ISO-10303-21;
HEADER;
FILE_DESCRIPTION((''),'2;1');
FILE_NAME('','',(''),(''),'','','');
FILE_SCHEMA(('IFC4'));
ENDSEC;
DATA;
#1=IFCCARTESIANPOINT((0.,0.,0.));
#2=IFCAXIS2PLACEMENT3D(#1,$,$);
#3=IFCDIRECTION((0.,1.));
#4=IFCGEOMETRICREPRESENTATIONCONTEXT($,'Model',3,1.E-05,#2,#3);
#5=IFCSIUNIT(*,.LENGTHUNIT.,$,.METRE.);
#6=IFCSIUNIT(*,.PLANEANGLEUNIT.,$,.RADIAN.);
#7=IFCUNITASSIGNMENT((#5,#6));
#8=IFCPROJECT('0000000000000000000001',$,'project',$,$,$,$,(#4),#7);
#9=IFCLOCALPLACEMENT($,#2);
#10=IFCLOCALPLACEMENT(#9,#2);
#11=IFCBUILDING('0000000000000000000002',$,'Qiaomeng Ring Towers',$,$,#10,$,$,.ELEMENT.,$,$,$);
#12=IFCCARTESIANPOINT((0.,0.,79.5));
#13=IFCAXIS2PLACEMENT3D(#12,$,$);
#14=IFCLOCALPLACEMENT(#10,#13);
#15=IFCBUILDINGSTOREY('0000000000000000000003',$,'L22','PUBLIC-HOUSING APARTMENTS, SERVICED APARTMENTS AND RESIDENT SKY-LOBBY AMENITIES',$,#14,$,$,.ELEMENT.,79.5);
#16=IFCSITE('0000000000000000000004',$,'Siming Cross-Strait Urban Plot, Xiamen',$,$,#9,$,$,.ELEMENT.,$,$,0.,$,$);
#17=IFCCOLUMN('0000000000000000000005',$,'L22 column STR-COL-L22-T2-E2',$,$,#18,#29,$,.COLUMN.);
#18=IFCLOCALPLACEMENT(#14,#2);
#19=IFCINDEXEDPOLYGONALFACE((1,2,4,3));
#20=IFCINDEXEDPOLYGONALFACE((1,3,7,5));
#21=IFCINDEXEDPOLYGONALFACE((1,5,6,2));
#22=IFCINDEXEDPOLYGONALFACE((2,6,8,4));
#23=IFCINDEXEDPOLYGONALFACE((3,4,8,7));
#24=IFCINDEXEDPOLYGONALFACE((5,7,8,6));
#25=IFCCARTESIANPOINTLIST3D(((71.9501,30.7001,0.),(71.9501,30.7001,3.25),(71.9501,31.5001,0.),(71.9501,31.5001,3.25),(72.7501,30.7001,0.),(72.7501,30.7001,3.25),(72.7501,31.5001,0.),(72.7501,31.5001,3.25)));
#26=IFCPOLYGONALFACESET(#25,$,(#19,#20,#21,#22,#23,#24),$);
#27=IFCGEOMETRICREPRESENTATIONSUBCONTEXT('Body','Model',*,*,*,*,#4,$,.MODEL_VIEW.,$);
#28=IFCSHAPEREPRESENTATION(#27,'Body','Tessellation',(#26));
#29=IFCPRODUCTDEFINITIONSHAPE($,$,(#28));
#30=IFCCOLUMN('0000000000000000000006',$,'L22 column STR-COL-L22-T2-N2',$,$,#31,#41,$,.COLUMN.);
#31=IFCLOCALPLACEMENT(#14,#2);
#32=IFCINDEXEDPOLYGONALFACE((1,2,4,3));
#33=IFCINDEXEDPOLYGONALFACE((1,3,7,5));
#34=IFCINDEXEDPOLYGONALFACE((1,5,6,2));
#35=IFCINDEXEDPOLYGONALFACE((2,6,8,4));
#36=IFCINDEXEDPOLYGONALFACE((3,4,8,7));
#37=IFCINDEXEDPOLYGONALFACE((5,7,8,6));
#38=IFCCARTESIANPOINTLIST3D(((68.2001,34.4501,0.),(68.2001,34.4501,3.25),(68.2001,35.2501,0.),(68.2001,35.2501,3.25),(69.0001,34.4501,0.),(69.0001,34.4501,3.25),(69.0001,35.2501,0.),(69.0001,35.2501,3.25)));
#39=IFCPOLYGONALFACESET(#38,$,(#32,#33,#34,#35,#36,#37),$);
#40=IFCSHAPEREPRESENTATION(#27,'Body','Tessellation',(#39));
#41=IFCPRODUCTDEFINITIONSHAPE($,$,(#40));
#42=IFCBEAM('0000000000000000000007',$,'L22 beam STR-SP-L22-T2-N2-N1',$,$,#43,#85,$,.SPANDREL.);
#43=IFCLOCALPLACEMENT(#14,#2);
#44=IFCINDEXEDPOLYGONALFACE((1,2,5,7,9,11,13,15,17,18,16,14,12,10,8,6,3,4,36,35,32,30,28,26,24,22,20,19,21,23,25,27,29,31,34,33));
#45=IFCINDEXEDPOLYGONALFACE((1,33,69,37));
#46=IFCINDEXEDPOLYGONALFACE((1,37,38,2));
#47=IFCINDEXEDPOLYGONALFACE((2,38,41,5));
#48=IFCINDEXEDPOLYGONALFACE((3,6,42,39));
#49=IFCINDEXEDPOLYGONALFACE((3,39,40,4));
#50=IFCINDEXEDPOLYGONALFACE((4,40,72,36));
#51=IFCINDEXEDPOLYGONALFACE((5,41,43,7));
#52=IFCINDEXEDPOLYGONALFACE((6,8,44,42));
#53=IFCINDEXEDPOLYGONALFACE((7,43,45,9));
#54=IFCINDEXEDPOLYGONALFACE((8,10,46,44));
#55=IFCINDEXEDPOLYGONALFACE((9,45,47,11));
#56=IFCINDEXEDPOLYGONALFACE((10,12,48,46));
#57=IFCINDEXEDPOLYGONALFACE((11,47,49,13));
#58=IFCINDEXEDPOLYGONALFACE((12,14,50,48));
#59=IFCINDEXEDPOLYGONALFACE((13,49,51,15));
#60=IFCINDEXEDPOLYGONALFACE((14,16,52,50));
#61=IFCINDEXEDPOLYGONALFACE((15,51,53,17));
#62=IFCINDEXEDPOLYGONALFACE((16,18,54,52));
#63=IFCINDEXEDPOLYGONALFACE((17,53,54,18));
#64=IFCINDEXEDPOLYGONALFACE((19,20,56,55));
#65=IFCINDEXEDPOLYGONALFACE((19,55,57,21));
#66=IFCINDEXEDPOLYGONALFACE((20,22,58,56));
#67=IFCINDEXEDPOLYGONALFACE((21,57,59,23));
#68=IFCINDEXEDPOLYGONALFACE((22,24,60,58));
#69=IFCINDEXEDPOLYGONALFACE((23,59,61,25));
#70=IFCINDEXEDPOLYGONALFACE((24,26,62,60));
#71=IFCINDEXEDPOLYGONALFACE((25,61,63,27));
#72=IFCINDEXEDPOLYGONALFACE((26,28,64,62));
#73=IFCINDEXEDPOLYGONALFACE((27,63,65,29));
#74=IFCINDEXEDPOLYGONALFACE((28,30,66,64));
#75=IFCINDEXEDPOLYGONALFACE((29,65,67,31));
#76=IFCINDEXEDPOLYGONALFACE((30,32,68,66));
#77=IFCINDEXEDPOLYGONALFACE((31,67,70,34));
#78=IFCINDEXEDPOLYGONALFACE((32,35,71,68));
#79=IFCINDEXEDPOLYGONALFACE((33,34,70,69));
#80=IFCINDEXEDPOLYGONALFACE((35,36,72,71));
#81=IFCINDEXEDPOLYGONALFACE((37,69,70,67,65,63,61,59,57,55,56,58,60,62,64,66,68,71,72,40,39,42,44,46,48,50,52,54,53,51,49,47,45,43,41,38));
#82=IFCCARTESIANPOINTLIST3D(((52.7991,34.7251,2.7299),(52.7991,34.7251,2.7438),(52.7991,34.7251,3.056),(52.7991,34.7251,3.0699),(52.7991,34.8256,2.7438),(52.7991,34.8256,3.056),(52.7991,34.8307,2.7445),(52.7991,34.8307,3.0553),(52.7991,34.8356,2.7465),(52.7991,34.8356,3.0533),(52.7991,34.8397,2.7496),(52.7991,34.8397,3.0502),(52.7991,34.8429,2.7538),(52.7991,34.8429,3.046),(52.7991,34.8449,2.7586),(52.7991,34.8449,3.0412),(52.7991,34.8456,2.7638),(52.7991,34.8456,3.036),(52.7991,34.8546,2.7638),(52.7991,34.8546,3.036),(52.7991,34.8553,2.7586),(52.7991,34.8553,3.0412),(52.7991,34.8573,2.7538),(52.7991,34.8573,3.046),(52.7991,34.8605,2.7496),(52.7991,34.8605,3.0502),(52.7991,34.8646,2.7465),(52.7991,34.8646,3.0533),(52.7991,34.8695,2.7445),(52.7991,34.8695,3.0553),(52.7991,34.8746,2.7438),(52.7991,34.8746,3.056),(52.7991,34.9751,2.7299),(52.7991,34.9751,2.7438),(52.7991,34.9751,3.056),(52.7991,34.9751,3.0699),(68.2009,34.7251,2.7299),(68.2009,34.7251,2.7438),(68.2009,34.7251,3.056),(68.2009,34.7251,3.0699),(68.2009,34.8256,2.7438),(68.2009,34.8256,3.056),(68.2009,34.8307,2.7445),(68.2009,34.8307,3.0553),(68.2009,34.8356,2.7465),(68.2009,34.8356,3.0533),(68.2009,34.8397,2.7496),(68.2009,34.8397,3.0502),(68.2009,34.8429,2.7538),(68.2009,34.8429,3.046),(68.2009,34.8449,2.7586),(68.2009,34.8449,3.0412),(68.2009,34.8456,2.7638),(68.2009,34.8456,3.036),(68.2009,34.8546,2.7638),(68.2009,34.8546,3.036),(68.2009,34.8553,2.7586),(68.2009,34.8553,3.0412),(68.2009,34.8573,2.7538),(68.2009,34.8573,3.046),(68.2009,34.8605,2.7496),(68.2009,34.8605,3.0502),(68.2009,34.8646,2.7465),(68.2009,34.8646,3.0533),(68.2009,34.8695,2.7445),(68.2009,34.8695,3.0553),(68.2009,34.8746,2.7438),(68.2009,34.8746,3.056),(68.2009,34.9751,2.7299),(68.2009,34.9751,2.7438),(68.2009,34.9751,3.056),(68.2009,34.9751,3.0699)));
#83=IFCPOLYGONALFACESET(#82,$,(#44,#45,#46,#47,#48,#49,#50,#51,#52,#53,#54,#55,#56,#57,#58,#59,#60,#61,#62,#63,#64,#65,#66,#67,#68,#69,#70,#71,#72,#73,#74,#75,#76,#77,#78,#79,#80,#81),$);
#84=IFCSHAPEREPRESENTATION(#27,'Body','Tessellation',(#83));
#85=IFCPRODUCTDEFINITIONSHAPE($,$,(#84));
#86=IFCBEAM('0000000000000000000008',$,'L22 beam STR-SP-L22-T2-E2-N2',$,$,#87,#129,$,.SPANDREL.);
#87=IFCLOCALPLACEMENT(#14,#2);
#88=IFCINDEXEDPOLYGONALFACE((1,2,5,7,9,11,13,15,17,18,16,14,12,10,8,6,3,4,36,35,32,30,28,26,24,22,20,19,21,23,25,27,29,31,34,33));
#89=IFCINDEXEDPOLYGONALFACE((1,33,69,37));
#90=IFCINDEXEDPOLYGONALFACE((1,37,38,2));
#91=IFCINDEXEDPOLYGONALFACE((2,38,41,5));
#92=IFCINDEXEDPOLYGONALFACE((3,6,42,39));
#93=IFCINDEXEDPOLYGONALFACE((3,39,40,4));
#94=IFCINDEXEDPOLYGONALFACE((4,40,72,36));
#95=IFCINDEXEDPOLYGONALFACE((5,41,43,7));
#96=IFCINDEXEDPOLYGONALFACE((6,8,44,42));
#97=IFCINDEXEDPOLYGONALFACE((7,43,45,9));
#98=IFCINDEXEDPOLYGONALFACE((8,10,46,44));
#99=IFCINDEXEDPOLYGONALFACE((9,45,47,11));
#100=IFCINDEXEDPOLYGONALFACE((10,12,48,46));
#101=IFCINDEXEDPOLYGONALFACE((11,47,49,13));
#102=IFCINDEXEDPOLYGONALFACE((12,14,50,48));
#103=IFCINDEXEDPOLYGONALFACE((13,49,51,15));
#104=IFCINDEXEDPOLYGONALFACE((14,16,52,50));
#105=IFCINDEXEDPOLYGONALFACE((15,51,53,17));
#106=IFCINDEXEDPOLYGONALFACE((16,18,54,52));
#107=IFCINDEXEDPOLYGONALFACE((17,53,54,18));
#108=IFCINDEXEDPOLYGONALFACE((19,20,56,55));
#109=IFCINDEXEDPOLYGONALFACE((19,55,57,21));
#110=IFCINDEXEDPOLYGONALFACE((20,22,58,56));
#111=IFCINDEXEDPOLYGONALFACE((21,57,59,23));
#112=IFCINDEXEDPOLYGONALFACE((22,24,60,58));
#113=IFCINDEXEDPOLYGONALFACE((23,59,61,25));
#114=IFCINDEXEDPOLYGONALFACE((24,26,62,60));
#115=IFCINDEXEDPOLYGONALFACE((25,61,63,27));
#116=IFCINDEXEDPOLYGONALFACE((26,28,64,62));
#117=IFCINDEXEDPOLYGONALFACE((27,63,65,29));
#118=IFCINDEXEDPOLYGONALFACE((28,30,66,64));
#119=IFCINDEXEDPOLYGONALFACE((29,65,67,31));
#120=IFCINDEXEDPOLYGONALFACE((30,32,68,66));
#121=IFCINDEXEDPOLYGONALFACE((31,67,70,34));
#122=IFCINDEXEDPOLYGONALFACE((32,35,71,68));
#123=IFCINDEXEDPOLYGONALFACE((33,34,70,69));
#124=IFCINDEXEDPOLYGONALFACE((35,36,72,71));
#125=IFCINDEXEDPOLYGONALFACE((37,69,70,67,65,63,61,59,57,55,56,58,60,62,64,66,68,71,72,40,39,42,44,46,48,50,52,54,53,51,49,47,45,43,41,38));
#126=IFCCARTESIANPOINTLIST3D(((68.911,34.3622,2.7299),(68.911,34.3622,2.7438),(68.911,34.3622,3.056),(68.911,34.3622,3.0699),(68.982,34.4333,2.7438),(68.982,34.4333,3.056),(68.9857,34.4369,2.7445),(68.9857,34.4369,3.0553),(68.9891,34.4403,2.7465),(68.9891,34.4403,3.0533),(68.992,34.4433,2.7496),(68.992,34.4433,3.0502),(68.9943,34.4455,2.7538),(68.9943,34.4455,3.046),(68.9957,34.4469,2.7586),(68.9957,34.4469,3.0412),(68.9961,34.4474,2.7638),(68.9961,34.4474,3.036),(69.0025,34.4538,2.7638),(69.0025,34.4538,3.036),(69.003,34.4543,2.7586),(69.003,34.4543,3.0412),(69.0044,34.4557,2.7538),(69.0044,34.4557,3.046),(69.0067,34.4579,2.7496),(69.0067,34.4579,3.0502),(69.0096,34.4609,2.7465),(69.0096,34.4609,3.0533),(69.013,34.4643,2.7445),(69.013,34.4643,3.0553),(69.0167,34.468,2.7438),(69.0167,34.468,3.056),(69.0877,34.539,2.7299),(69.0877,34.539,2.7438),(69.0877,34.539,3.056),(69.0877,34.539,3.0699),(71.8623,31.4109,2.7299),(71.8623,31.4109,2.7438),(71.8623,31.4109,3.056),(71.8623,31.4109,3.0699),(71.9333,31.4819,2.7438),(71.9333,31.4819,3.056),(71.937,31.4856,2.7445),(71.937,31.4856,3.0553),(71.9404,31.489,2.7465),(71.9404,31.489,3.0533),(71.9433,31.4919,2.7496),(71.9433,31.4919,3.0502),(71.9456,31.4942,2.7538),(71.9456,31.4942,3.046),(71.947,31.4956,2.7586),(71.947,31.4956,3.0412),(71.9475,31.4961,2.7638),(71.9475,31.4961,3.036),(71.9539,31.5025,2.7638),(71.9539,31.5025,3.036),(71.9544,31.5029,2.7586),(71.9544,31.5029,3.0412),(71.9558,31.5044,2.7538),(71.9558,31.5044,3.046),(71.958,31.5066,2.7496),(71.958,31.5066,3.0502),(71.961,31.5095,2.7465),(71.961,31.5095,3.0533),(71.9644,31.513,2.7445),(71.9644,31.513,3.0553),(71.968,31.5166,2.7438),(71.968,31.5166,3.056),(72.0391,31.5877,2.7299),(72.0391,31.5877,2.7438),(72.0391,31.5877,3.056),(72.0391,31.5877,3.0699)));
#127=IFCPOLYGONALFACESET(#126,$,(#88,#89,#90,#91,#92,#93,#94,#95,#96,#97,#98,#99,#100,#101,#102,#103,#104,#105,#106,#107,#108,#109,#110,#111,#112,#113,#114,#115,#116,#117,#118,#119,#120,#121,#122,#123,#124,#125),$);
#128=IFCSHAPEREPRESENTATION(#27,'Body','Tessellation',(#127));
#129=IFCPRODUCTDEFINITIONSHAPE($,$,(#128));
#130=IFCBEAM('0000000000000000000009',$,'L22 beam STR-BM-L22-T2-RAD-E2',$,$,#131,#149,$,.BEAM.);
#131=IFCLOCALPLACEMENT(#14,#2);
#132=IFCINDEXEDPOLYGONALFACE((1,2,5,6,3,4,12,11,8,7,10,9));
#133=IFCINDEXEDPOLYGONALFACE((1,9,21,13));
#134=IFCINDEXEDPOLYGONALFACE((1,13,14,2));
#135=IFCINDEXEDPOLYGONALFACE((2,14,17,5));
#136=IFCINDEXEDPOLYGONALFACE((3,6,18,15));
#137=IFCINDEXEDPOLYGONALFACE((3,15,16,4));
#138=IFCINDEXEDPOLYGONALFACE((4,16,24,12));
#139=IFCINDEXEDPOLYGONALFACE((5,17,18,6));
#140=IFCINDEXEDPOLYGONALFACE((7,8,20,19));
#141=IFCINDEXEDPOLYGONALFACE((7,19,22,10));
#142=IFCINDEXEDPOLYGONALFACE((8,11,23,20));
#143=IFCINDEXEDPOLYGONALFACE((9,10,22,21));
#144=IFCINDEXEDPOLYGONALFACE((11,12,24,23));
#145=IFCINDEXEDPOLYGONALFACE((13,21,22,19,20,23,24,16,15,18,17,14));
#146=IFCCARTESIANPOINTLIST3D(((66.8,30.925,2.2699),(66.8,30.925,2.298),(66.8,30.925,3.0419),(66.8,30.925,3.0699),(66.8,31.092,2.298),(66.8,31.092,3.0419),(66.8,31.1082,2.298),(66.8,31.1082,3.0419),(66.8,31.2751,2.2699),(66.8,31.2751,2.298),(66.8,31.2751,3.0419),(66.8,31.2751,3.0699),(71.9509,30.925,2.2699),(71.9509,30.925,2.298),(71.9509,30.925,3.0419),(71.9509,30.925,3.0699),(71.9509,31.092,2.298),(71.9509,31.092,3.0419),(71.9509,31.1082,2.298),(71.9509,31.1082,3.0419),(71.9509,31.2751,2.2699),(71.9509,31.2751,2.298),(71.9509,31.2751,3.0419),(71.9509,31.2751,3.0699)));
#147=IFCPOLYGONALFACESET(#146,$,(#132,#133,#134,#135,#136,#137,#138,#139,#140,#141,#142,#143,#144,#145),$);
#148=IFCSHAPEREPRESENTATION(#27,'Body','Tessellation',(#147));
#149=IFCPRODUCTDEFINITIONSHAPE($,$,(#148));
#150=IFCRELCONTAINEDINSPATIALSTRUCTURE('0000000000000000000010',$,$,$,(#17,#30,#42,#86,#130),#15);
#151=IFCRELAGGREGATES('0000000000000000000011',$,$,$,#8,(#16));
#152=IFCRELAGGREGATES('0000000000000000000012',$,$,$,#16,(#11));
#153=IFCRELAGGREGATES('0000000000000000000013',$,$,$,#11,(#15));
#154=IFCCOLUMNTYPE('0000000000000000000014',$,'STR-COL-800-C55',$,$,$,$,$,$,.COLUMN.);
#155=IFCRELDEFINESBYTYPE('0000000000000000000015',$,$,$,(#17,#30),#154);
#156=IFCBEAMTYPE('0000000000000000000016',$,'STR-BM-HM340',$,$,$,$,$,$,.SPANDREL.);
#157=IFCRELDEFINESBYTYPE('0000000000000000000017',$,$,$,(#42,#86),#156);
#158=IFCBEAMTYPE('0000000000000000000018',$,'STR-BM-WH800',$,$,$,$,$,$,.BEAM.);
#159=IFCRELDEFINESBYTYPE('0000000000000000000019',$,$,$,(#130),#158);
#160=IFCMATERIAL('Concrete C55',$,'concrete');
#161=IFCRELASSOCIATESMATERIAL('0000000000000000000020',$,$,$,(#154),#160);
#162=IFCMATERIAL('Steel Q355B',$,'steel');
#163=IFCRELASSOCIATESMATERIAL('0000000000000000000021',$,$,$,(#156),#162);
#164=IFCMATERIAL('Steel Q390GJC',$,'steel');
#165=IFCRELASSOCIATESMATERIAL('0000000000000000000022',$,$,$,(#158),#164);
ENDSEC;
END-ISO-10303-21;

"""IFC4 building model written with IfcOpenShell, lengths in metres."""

from ifc_helpers import new_model, si_unit, direction, frame, origin, origin_2d, place, context, subcontext, project, spatial, rectangle, i_section, extrude, source, transform, mapped, material, material_profile, profile_set, type_object, element, save


model = new_model("IFC4")

# Units and contexts
model_context = context("Model", 3, precision=1e-05, world=origin(), true_north=direction((0.0, 1.0)))
body_context = subcontext(model_context, "Body", "Model", "MODEL_VIEW")
ifc_project = project(units=[si_unit("LENGTHUNIT", "METRE"), si_unit("PLANEANGLEUNIT", "RADIAN")], contexts=[model_context])

# Site, building, storey
site_placement = place(None, origin())
site = spatial("IfcSite", under=ifc_project, at=site_placement, Name="Siming Cross-Strait Urban Plot, Xiamen", CompositionType="ELEMENT", RefElevation=0.0)
building_placement = place(site_placement, origin())
building = spatial("IfcBuilding", under=site, at=building_placement, Name="Qiaomeng Ring Towers", CompositionType="ELEMENT")
storey_placement = place(building_placement, frame((0.0, 0.0, 79.5)))
storey = spatial("IfcBuildingStorey", under=building, at=storey_placement, Name="L22", Description="PUBLIC-HOUSING APARTMENTS, SERVICED APARTMENTS AND RESIDENT SKY-LOBBY AMENITIES", CompositionType="ELEMENT", Elevation=79.5)

# Columns
ifc_material_1 = material(Name="Concrete C55", Category="concrete")
ifc_material_profile_1 = material_profile(ifc_material_1, rectangle(XDim=0.8, YDim=0.8, at=origin_2d()), Name="RC COL 800x800")
ifc_profile_set_1 = profile_set([ifc_material_profile_1], Name="Concrete C55")
column_type = type_object("IfcColumnType", Name="STR-COL-800-C55", PredefinedType="COLUMN", material=ifc_profile_set_1)
shared_shape_1 = source(origin(), body_context, "Body", "SweptSolid", [
    extrude(rectangle(XDim=0.8, YDim=0.8, at=origin_2d()), origin(), (0.0, 0.0, 1.0), 3.25),
])
for number, where, z_axis, x_axis, name in (
    (1, (72.3501, 31.1001, 0.0), (0.0, 0.0, 1.0), (1.0, 0.0, 0.0), "L22 column STR-COL-L22-T2-E2"),
    (2, (68.6001, 34.8501, 0.0), (0.0, 0.0, 1.0), (1.0, 0.0, 0.0), "L22 column STR-COL-L22-T2-N2"),
):
    element("IfcColumn", number, at=place(storey_placement, frame(where, z_axis=z_axis, x_axis=x_axis)), inside=storey, type_object=column_type, Name=name, PredefinedType="COLUMN", context=body_context, shape_type="MappedRepresentation", body=[
        mapped(shared_shape_1, transform((0.0, 0.0, 0.0), x_axis=(1.0, 0.0, 0.0), y_axis=(0.0, 1.0, 0.0), z_axis=(0.0, 0.0, 1.0), scale=1.0)),
    ])

# Beams
ifc_material_2 = material(Name="Steel Q355B", Category="steel")
ifc_material_profile_2 = material_profile(ifc_material_2, i_section(OverallWidth=0.25, OverallDepth=0.3401, WebThickness=0.009, FlangeThickness=0.0139, FilletRadius=0.02, at=origin_2d()), Name="HM 340x250x9x14")
ifc_profile_set_2 = profile_set([ifc_material_profile_2], Name="Steel Q355B")
beam_type_1 = type_object("IfcBeamType", Name="STR-BM-HM340", PredefinedType="SPANDREL", material=ifc_profile_set_2)
shared_shape_2 = source(origin(), body_context, "Body", "SweptSolid", [
    extrude(i_section(OverallWidth=0.25, OverallDepth=0.3401, WebThickness=0.009, FlangeThickness=0.0139, FilletRadius=0.02, at=origin_2d()), origin(), (0.0, 0.0, 1.0), 15.4019),
])
beam_1_placement = place(storey_placement, frame((68.2009, 34.8501, 2.8999), z_axis=(-1.0, 0.0, 0.0), x_axis=(0.0, -1.0, 0.0)))
element("IfcBeam", 3, at=beam_1_placement, inside=storey, type_object=beam_type_1, Name="L22 beam STR-SP-L22-T2-N2-N1", PredefinedType="SPANDREL", context=body_context, shape_type="MappedRepresentation", body=[
    mapped(shared_shape_2, transform((0.0, 0.0, 0.0), x_axis=(1.0, 0.0, 0.0), y_axis=(0.0, 1.0, 0.0), z_axis=(0.0, 0.0, 1.0), scale=1.0)),
])
shared_shape_3 = source(origin(), body_context, "Body", "SweptSolid", [
    extrude(i_section(OverallWidth=0.25, OverallDepth=0.3401, WebThickness=0.009, FlangeThickness=0.0139, FilletRadius=0.02, at=origin_2d()), origin(), (0.0, 0.0, 1.0), 4.1738),
])
beam_2_placement = place(storey_placement, frame((71.9507, 31.4993, 2.8999), z_axis=(-0.707107, 0.707107, 0.0), x_axis=(-0.707107, -0.707107, 0.0)))
element("IfcBeam", 4, at=beam_2_placement, inside=storey, type_object=beam_type_1, Name="L22 beam STR-SP-L22-T2-E2-N2", PredefinedType="SPANDREL", context=body_context, shape_type="MappedRepresentation", body=[
    mapped(shared_shape_3, transform((0.0, 0.0, 0.0), x_axis=(1.0, 0.0, 0.0), y_axis=(0.0, 1.0, 0.0), z_axis=(0.0, 0.0, 1.0), scale=1.0)),
])
ifc_material_3 = material(Name="Steel Q390GJC", Category="steel")
ifc_material_profile_3 = material_profile(ifc_material_3, i_section(OverallWidth=0.3501, OverallDepth=0.8, WebThickness=0.0161, FlangeThickness=0.0281, at=origin_2d()), Name="WH 800x350x16x28")
ifc_profile_set_3 = profile_set([ifc_material_profile_3], Name="Steel Q390GJC")
beam_type_2 = type_object("IfcBeamType", Name="STR-BM-WH800", PredefinedType="BEAM", material=ifc_profile_set_3)
shared_shape_4 = source(origin(), body_context, "Body", "SweptSolid", [
    extrude(i_section(OverallWidth=0.3501, OverallDepth=0.8, WebThickness=0.0161, FlangeThickness=0.0281, at=origin_2d()), origin(), (0.0, 0.0, 1.0), 5.1509),
])
beam_3_placement = place(storey_placement, frame((66.8, 31.1001, 2.6699), z_axis=(1.0, 0.0, 0.0), x_axis=(0.0, 1.0, 0.0)))
element("IfcBeam", 5, at=beam_3_placement, inside=storey, type_object=beam_type_2, Name="L22 beam STR-BM-L22-T2-RAD-E2", PredefinedType="BEAM", context=body_context, shape_type="MappedRepresentation", body=[
    mapped(shared_shape_4, transform((0.0, 0.0, 0.0), x_axis=(1.0, 0.0, 0.0), y_axis=(0.0, 1.0, 0.0), z_axis=(0.0, 0.0, 1.0), scale=1.0)),
])

save(model, "model.ifc")
